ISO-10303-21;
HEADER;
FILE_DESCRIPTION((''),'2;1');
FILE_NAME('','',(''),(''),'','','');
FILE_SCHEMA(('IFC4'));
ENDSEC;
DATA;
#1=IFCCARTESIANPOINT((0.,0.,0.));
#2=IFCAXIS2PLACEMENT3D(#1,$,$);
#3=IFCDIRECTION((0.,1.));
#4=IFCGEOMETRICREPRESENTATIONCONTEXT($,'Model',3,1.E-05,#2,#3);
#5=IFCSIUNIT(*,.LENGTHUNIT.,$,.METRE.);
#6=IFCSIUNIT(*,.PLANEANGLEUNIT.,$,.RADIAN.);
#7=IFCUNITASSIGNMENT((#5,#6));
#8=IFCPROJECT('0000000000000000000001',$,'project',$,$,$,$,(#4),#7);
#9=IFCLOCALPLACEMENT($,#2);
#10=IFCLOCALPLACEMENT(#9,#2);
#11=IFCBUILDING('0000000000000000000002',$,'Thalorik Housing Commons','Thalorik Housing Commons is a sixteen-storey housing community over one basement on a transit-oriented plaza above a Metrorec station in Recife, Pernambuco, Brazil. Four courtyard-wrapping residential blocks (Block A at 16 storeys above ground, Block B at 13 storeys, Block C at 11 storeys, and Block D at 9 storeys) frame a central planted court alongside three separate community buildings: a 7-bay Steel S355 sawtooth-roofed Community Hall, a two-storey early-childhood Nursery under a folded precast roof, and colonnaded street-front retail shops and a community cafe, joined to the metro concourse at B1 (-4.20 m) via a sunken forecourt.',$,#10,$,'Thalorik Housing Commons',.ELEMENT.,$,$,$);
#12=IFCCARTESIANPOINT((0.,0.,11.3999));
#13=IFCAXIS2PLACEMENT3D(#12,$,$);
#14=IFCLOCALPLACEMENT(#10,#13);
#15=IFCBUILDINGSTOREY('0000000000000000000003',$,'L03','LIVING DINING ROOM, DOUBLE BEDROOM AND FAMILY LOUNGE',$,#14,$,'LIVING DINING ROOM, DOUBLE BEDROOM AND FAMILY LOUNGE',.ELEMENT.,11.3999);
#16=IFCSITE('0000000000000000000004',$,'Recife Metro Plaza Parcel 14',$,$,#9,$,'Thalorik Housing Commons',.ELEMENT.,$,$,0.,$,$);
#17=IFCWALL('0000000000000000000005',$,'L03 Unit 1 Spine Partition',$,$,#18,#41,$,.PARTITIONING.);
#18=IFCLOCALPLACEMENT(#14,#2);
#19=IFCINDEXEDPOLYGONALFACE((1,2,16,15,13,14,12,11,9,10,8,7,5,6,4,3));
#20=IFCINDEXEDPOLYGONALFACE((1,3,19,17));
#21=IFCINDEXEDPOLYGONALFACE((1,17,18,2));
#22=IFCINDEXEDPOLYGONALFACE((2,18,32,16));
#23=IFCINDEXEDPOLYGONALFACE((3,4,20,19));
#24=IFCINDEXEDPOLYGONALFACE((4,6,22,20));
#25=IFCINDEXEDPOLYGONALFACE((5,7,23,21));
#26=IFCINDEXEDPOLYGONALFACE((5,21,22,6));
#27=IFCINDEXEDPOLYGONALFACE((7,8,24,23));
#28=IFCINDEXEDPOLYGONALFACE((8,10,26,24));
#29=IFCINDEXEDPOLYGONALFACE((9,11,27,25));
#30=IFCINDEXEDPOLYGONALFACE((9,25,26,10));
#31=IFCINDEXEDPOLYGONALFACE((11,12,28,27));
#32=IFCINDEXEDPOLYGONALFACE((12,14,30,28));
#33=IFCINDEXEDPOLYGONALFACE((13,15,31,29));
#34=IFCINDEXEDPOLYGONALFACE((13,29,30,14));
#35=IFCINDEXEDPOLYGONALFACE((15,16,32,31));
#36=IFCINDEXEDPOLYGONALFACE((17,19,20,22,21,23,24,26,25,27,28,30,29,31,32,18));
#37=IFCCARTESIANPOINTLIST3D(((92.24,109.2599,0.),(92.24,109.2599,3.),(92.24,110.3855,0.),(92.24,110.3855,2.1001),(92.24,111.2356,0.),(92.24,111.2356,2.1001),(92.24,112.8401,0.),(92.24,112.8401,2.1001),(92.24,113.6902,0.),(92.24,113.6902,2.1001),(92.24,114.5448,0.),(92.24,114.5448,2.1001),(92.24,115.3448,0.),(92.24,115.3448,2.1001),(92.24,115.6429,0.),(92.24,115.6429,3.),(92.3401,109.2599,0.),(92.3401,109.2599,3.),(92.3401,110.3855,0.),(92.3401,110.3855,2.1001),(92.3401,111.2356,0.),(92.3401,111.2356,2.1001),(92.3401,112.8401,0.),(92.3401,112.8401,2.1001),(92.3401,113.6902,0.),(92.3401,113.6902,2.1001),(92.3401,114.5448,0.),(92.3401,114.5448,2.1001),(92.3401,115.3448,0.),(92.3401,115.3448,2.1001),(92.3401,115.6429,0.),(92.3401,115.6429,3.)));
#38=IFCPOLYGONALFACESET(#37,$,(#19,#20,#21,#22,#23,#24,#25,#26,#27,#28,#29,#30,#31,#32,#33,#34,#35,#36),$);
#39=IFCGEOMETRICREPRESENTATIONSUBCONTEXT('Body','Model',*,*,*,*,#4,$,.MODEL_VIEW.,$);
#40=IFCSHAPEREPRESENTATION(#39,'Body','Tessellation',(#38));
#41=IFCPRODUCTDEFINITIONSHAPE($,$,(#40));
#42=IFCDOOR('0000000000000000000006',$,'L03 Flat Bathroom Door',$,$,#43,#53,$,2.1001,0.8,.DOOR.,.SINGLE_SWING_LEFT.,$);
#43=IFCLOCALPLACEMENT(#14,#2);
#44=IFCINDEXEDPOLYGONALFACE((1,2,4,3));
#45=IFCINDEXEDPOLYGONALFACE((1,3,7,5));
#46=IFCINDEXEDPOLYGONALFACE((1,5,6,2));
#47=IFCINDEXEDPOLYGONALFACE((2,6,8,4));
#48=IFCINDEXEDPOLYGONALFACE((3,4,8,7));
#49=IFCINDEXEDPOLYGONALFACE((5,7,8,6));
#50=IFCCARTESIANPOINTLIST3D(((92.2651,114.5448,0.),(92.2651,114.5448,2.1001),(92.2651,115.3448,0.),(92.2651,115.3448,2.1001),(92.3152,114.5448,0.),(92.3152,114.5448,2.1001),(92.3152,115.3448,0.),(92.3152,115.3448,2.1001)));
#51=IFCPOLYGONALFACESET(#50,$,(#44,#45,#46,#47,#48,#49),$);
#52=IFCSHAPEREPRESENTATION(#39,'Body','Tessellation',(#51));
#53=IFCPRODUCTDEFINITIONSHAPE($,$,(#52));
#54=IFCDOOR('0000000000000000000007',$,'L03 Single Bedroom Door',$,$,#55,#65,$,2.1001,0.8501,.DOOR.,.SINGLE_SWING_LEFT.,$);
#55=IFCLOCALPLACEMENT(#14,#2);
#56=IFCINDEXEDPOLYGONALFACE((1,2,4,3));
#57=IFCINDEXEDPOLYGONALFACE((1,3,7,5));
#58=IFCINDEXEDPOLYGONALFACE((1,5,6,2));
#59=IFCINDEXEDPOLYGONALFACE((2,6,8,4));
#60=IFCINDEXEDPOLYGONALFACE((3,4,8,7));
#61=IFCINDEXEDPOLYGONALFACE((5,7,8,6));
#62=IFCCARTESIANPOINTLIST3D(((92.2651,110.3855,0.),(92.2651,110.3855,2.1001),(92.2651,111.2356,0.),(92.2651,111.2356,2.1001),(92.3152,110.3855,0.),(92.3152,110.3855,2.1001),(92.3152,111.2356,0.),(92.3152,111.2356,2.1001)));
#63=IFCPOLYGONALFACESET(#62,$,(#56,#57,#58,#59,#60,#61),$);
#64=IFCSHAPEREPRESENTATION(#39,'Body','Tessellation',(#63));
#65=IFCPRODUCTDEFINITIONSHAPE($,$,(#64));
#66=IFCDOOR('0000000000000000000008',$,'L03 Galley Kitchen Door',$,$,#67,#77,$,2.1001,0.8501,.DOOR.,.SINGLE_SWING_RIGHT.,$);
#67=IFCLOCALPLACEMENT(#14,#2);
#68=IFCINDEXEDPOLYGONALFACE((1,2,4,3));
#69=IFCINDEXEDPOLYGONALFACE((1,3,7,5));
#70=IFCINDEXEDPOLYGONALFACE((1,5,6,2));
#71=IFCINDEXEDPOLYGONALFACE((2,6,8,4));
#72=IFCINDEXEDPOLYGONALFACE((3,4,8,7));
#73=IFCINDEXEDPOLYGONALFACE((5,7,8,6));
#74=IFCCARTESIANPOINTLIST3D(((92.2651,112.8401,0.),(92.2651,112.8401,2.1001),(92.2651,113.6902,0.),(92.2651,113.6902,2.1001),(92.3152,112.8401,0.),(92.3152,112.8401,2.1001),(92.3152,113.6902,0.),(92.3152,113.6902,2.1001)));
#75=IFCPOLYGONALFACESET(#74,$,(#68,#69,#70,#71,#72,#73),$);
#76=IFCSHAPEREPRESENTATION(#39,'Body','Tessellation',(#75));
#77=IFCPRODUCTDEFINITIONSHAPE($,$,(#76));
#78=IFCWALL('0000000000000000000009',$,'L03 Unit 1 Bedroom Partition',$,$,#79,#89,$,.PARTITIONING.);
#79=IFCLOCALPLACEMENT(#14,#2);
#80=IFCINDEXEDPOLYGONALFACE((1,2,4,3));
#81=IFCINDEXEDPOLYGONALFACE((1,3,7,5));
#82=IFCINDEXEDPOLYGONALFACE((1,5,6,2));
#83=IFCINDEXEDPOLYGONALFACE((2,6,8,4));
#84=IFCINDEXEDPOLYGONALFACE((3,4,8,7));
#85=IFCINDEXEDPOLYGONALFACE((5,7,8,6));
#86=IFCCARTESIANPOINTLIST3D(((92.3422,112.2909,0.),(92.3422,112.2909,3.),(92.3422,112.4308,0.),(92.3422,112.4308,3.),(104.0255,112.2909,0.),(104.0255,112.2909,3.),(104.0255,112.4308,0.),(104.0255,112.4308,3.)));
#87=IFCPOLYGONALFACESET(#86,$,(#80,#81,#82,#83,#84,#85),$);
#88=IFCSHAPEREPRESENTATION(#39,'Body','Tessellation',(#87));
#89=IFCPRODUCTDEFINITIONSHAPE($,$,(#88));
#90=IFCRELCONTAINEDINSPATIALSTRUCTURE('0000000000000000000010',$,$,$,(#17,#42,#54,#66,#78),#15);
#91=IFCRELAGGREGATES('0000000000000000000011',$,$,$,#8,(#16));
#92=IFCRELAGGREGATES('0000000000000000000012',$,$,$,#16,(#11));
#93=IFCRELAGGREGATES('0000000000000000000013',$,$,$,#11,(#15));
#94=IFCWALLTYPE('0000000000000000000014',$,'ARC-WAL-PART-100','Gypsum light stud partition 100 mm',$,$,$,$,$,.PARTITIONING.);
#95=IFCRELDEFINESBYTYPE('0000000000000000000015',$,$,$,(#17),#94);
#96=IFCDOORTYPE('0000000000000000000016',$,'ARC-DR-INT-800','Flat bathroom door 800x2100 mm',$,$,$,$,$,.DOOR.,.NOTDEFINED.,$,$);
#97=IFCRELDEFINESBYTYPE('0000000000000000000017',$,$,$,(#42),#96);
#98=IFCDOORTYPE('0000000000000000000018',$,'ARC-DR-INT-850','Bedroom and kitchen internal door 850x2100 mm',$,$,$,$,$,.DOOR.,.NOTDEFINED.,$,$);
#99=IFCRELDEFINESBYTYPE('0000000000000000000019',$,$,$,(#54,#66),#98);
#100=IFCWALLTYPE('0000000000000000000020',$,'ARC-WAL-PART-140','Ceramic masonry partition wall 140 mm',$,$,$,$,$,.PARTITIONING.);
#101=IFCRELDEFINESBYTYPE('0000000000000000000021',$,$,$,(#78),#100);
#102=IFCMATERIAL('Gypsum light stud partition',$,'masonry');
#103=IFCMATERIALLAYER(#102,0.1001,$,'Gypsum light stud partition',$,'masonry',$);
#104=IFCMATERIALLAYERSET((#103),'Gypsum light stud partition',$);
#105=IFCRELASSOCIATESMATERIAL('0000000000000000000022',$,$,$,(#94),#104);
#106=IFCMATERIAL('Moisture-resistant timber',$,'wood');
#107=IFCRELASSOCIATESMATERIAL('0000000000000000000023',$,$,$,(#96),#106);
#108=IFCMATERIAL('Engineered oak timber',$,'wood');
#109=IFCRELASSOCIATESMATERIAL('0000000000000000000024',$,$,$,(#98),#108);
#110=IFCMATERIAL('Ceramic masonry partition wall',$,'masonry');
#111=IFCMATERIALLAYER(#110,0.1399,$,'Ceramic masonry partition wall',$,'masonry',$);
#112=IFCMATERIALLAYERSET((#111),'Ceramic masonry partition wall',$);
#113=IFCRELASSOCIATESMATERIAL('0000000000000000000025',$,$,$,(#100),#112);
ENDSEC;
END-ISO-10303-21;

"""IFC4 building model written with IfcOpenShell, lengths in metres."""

from ifc_helpers import new_model, si_unit, direction, frame, frame_2d, origin, place, context, subcontext, project, spatial, rectangle, extrude, material, layer, layer_set, type_object, element, fill, save


model = new_model("IFC4")

# Units and contexts
model_context = context("Model", 3, precision=1e-05, world=origin(), true_north=direction((0.0, 1.0)))
body_context = subcontext(model_context, "Body", "Model", "MODEL_VIEW")
ifc_project = project(units=[si_unit("LENGTHUNIT", "METRE"), si_unit("PLANEANGLEUNIT", "RADIAN")], contexts=[model_context])

# Site, building, storey
site_placement = place(None, origin())
site = spatial("IfcSite", under=ifc_project, at=site_placement, Name="Recife Metro Plaza Parcel 14", LongName="Thalorik Housing Commons", CompositionType="ELEMENT", RefElevation=0.0)
building_placement = place(site_placement, origin())
building = spatial("IfcBuilding", under=site, at=building_placement, Name="Thalorik Housing Commons", Description="Thalorik Housing Commons is a sixteen-storey housing community over one basement on a transit-oriented plaza above a Metrorec station in Recife, Pernambuco, Brazil. Four courtyard-wrapping residential blocks (Block A at 16 storeys above ground, Block B at 13 storeys, Block C at 11 storeys, and Block D at 9 storeys) frame a central planted court alongside three separate community buildings: a 7-bay Steel S355 sawtooth-roofed Community Hall, a two-storey early-childhood Nursery under a folded precast roof, and colonnaded street-front retail shops and a community cafe, joined to the metro concourse at B1 (-4.20 m) via a sunken forecourt.", LongName="Thalorik Housing Commons", CompositionType="ELEMENT")
storey_placement = place(building_placement, frame((0.0, 0.0, 11.3999)))
storey = spatial("IfcBuildingStorey", under=building, at=storey_placement, Name="L03", Description="LIVING DINING ROOM, DOUBLE BEDROOM AND FAMILY LOUNGE", LongName="LIVING DINING ROOM, DOUBLE BEDROOM AND FAMILY LOUNGE", CompositionType="ELEMENT", Elevation=11.3999)

# Wall, openings, doors
ifc_material_1 = material(Name="Gypsum light stud partition", Category="masonry")
ifc_layer_1 = layer(ifc_material_1, 0.1001, Name="Gypsum light stud partition", Category="masonry")
ifc_layer_set_1 = layer_set([ifc_layer_1], Name="Gypsum light stud partition")
wall_type_1 = type_object("IfcWallType", Name="ARC-WAL-PART-100", Description="Gypsum light stud partition 100 mm", PredefinedType="PARTITIONING", material=ifc_layer_set_1)
wall_1_placement = place(storey_placement, frame((92.29, 109.26, 0.0), z_axis=(0.0, 0.0, 1.0), x_axis=(0.0, 1.0, 0.0)))
wall_1 = element("IfcWall", 1, at=wall_1_placement, inside=storey, type_object=wall_type_1, Name="L03 Unit 1 Spine Partition", PredefinedType="PARTITIONING", context=body_context, shape_type="SweptSolid", body=[
    extrude(rectangle(XDim=6.3831, YDim=0.1001, at=frame_2d((3.1914, 0.0))), origin(), (0.0, 0.0, 1.0), 3.0),
])
opening_1_placement = place(wall_1_placement, frame((1.1255, 0.0, 0.0)))
opening_1 = element("IfcOpeningElement", 2, at=opening_1_placement, cuts=wall_1, PredefinedType="OPENING", context=body_context, shape_type="SweptSolid", body=[
    extrude(rectangle(XDim=0.8501, YDim=2.1001, at=frame_2d((0.425, 1.05))), frame((0.0, 0.0601, 0.0), z_axis=(0.0, -1.0, 0.0), x_axis=(1.0, 0.0, 0.0)), (0.0, 0.0, 1.0), 0.1201),
])
opening_2_placement = place(wall_1_placement, frame((3.5801, 0.0, 0.0)))
opening_2 = element("IfcOpeningElement", 3, at=opening_2_placement, cuts=wall_1, PredefinedType="OPENING", context=body_context, shape_type="SweptSolid", body=[
    extrude(rectangle(XDim=0.8501, YDim=2.1001, at=frame_2d((0.425, 1.05))), frame((0.0, 0.0601, 0.0), z_axis=(0.0, -1.0, 0.0), x_axis=(1.0, 0.0, 0.0)), (0.0, 0.0, 1.0), 0.1201),
])
opening_3_placement = place(wall_1_placement, frame((5.2849, 0.0, 0.0)))
opening_3 = element("IfcOpeningElement", 4, at=opening_3_placement, cuts=wall_1, PredefinedType="OPENING", context=body_context, shape_type="SweptSolid", body=[
    extrude(rectangle(XDim=0.8, YDim=2.1001, at=frame_2d((0.3999, 1.05))), frame((0.0, 0.0601, 0.0), z_axis=(0.0, -1.0, 0.0), x_axis=(1.0, 0.0, 0.0)), (0.0, 0.0, 1.0), 0.1201),
])
ifc_material_2 = material(Name="Moisture-resistant timber", Category="wood")
door_type_1 = type_object("IfcDoorType", Name="ARC-DR-INT-800", Description="Flat bathroom door 800x2100 mm", OperationType="NOTDEFINED", PredefinedType="DOOR", material=ifc_material_2)
door_1_placement = place(opening_3_placement, origin())
door_1 = element("IfcDoor", 5, at=door_1_placement, inside=storey, type_object=door_type_1, Name="L03 Flat Bathroom Door", OperationType="SINGLE_SWING_LEFT", OverallHeight=2.1001, OverallWidth=0.8, PredefinedType="DOOR", context=body_context, shape_type="SweptSolid", body=[
    extrude(rectangle(XDim=0.8, YDim=2.1001, at=frame_2d((0.3999, 1.05))), frame((0.0, 0.0249, 0.0), z_axis=(0.0, -1.0, 0.0), x_axis=(1.0, 0.0, 0.0)), (0.0, 0.0, 1.0), 0.05),
])
fill(opening_3, door_1)
ifc_material_3 = material(Name="Engineered oak timber", Category="wood")
door_type_2 = type_object("IfcDoorType", Name="ARC-DR-INT-850", Description="Bedroom and kitchen internal door 850x2100 mm", OperationType="NOTDEFINED", PredefinedType="DOOR", material=ifc_material_3)
door_2_placement = place(opening_1_placement, origin())
door_2 = element("IfcDoor", 6, at=door_2_placement, inside=storey, type_object=door_type_2, Name="L03 Single Bedroom Door", OperationType="SINGLE_SWING_LEFT", OverallHeight=2.1001, OverallWidth=0.8501, PredefinedType="DOOR", context=body_context, shape_type="SweptSolid", body=[
    extrude(rectangle(XDim=0.8501, YDim=2.1001, at=frame_2d((0.425, 1.05))), frame((0.0, 0.0249, 0.0), z_axis=(0.0, -1.0, 0.0), x_axis=(1.0, 0.0, 0.0)), (0.0, 0.0, 1.0), 0.05),
])
fill(opening_1, door_2)
door_3_placement = place(opening_2_placement, origin())
door_3 = element("IfcDoor", 7, at=door_3_placement, inside=storey, type_object=door_type_2, Name="L03 Galley Kitchen Door", OperationType="SINGLE_SWING_RIGHT", OverallHeight=2.1001, OverallWidth=0.8501, PredefinedType="DOOR", context=body_context, shape_type="SweptSolid", body=[
    extrude(rectangle(XDim=0.8501, YDim=2.1001, at=frame_2d((0.425, 1.05))), frame((0.0, 0.0249, 0.0), z_axis=(0.0, -1.0, 0.0), x_axis=(1.0, 0.0, 0.0)), (0.0, 0.0, 1.0), 0.05),
])
fill(opening_2, door_3)

# Wall
ifc_material_4 = material(Name="Ceramic masonry partition wall", Category="masonry")
ifc_layer_2 = layer(ifc_material_4, 0.1399, Name="Ceramic masonry partition wall", Category="masonry")
ifc_layer_set_2 = layer_set([ifc_layer_2], Name="Ceramic masonry partition wall")
wall_type_2 = type_object("IfcWallType", Name="ARC-WAL-PART-140", Description="Ceramic masonry partition wall 140 mm", PredefinedType="PARTITIONING", material=ifc_layer_set_2)
wall_2_placement = place(storey_placement, frame((92.342, 112.3608, 0.0), z_axis=(0.0, 0.0, 1.0), x_axis=(1.0, 0.0, 0.0)))
element("IfcWall", 8, at=wall_2_placement, inside=storey, type_object=wall_type_2, Name="L03 Unit 1 Bedroom Partition", PredefinedType="PARTITIONING", context=body_context, shape_type="SweptSolid", body=[
    extrude(rectangle(XDim=11.6833, YDim=0.1399, at=frame_2d((5.8418, 0.0))), origin(), (0.0, 0.0, 1.0), 3.0),
])

save(model, "model.ifc")
